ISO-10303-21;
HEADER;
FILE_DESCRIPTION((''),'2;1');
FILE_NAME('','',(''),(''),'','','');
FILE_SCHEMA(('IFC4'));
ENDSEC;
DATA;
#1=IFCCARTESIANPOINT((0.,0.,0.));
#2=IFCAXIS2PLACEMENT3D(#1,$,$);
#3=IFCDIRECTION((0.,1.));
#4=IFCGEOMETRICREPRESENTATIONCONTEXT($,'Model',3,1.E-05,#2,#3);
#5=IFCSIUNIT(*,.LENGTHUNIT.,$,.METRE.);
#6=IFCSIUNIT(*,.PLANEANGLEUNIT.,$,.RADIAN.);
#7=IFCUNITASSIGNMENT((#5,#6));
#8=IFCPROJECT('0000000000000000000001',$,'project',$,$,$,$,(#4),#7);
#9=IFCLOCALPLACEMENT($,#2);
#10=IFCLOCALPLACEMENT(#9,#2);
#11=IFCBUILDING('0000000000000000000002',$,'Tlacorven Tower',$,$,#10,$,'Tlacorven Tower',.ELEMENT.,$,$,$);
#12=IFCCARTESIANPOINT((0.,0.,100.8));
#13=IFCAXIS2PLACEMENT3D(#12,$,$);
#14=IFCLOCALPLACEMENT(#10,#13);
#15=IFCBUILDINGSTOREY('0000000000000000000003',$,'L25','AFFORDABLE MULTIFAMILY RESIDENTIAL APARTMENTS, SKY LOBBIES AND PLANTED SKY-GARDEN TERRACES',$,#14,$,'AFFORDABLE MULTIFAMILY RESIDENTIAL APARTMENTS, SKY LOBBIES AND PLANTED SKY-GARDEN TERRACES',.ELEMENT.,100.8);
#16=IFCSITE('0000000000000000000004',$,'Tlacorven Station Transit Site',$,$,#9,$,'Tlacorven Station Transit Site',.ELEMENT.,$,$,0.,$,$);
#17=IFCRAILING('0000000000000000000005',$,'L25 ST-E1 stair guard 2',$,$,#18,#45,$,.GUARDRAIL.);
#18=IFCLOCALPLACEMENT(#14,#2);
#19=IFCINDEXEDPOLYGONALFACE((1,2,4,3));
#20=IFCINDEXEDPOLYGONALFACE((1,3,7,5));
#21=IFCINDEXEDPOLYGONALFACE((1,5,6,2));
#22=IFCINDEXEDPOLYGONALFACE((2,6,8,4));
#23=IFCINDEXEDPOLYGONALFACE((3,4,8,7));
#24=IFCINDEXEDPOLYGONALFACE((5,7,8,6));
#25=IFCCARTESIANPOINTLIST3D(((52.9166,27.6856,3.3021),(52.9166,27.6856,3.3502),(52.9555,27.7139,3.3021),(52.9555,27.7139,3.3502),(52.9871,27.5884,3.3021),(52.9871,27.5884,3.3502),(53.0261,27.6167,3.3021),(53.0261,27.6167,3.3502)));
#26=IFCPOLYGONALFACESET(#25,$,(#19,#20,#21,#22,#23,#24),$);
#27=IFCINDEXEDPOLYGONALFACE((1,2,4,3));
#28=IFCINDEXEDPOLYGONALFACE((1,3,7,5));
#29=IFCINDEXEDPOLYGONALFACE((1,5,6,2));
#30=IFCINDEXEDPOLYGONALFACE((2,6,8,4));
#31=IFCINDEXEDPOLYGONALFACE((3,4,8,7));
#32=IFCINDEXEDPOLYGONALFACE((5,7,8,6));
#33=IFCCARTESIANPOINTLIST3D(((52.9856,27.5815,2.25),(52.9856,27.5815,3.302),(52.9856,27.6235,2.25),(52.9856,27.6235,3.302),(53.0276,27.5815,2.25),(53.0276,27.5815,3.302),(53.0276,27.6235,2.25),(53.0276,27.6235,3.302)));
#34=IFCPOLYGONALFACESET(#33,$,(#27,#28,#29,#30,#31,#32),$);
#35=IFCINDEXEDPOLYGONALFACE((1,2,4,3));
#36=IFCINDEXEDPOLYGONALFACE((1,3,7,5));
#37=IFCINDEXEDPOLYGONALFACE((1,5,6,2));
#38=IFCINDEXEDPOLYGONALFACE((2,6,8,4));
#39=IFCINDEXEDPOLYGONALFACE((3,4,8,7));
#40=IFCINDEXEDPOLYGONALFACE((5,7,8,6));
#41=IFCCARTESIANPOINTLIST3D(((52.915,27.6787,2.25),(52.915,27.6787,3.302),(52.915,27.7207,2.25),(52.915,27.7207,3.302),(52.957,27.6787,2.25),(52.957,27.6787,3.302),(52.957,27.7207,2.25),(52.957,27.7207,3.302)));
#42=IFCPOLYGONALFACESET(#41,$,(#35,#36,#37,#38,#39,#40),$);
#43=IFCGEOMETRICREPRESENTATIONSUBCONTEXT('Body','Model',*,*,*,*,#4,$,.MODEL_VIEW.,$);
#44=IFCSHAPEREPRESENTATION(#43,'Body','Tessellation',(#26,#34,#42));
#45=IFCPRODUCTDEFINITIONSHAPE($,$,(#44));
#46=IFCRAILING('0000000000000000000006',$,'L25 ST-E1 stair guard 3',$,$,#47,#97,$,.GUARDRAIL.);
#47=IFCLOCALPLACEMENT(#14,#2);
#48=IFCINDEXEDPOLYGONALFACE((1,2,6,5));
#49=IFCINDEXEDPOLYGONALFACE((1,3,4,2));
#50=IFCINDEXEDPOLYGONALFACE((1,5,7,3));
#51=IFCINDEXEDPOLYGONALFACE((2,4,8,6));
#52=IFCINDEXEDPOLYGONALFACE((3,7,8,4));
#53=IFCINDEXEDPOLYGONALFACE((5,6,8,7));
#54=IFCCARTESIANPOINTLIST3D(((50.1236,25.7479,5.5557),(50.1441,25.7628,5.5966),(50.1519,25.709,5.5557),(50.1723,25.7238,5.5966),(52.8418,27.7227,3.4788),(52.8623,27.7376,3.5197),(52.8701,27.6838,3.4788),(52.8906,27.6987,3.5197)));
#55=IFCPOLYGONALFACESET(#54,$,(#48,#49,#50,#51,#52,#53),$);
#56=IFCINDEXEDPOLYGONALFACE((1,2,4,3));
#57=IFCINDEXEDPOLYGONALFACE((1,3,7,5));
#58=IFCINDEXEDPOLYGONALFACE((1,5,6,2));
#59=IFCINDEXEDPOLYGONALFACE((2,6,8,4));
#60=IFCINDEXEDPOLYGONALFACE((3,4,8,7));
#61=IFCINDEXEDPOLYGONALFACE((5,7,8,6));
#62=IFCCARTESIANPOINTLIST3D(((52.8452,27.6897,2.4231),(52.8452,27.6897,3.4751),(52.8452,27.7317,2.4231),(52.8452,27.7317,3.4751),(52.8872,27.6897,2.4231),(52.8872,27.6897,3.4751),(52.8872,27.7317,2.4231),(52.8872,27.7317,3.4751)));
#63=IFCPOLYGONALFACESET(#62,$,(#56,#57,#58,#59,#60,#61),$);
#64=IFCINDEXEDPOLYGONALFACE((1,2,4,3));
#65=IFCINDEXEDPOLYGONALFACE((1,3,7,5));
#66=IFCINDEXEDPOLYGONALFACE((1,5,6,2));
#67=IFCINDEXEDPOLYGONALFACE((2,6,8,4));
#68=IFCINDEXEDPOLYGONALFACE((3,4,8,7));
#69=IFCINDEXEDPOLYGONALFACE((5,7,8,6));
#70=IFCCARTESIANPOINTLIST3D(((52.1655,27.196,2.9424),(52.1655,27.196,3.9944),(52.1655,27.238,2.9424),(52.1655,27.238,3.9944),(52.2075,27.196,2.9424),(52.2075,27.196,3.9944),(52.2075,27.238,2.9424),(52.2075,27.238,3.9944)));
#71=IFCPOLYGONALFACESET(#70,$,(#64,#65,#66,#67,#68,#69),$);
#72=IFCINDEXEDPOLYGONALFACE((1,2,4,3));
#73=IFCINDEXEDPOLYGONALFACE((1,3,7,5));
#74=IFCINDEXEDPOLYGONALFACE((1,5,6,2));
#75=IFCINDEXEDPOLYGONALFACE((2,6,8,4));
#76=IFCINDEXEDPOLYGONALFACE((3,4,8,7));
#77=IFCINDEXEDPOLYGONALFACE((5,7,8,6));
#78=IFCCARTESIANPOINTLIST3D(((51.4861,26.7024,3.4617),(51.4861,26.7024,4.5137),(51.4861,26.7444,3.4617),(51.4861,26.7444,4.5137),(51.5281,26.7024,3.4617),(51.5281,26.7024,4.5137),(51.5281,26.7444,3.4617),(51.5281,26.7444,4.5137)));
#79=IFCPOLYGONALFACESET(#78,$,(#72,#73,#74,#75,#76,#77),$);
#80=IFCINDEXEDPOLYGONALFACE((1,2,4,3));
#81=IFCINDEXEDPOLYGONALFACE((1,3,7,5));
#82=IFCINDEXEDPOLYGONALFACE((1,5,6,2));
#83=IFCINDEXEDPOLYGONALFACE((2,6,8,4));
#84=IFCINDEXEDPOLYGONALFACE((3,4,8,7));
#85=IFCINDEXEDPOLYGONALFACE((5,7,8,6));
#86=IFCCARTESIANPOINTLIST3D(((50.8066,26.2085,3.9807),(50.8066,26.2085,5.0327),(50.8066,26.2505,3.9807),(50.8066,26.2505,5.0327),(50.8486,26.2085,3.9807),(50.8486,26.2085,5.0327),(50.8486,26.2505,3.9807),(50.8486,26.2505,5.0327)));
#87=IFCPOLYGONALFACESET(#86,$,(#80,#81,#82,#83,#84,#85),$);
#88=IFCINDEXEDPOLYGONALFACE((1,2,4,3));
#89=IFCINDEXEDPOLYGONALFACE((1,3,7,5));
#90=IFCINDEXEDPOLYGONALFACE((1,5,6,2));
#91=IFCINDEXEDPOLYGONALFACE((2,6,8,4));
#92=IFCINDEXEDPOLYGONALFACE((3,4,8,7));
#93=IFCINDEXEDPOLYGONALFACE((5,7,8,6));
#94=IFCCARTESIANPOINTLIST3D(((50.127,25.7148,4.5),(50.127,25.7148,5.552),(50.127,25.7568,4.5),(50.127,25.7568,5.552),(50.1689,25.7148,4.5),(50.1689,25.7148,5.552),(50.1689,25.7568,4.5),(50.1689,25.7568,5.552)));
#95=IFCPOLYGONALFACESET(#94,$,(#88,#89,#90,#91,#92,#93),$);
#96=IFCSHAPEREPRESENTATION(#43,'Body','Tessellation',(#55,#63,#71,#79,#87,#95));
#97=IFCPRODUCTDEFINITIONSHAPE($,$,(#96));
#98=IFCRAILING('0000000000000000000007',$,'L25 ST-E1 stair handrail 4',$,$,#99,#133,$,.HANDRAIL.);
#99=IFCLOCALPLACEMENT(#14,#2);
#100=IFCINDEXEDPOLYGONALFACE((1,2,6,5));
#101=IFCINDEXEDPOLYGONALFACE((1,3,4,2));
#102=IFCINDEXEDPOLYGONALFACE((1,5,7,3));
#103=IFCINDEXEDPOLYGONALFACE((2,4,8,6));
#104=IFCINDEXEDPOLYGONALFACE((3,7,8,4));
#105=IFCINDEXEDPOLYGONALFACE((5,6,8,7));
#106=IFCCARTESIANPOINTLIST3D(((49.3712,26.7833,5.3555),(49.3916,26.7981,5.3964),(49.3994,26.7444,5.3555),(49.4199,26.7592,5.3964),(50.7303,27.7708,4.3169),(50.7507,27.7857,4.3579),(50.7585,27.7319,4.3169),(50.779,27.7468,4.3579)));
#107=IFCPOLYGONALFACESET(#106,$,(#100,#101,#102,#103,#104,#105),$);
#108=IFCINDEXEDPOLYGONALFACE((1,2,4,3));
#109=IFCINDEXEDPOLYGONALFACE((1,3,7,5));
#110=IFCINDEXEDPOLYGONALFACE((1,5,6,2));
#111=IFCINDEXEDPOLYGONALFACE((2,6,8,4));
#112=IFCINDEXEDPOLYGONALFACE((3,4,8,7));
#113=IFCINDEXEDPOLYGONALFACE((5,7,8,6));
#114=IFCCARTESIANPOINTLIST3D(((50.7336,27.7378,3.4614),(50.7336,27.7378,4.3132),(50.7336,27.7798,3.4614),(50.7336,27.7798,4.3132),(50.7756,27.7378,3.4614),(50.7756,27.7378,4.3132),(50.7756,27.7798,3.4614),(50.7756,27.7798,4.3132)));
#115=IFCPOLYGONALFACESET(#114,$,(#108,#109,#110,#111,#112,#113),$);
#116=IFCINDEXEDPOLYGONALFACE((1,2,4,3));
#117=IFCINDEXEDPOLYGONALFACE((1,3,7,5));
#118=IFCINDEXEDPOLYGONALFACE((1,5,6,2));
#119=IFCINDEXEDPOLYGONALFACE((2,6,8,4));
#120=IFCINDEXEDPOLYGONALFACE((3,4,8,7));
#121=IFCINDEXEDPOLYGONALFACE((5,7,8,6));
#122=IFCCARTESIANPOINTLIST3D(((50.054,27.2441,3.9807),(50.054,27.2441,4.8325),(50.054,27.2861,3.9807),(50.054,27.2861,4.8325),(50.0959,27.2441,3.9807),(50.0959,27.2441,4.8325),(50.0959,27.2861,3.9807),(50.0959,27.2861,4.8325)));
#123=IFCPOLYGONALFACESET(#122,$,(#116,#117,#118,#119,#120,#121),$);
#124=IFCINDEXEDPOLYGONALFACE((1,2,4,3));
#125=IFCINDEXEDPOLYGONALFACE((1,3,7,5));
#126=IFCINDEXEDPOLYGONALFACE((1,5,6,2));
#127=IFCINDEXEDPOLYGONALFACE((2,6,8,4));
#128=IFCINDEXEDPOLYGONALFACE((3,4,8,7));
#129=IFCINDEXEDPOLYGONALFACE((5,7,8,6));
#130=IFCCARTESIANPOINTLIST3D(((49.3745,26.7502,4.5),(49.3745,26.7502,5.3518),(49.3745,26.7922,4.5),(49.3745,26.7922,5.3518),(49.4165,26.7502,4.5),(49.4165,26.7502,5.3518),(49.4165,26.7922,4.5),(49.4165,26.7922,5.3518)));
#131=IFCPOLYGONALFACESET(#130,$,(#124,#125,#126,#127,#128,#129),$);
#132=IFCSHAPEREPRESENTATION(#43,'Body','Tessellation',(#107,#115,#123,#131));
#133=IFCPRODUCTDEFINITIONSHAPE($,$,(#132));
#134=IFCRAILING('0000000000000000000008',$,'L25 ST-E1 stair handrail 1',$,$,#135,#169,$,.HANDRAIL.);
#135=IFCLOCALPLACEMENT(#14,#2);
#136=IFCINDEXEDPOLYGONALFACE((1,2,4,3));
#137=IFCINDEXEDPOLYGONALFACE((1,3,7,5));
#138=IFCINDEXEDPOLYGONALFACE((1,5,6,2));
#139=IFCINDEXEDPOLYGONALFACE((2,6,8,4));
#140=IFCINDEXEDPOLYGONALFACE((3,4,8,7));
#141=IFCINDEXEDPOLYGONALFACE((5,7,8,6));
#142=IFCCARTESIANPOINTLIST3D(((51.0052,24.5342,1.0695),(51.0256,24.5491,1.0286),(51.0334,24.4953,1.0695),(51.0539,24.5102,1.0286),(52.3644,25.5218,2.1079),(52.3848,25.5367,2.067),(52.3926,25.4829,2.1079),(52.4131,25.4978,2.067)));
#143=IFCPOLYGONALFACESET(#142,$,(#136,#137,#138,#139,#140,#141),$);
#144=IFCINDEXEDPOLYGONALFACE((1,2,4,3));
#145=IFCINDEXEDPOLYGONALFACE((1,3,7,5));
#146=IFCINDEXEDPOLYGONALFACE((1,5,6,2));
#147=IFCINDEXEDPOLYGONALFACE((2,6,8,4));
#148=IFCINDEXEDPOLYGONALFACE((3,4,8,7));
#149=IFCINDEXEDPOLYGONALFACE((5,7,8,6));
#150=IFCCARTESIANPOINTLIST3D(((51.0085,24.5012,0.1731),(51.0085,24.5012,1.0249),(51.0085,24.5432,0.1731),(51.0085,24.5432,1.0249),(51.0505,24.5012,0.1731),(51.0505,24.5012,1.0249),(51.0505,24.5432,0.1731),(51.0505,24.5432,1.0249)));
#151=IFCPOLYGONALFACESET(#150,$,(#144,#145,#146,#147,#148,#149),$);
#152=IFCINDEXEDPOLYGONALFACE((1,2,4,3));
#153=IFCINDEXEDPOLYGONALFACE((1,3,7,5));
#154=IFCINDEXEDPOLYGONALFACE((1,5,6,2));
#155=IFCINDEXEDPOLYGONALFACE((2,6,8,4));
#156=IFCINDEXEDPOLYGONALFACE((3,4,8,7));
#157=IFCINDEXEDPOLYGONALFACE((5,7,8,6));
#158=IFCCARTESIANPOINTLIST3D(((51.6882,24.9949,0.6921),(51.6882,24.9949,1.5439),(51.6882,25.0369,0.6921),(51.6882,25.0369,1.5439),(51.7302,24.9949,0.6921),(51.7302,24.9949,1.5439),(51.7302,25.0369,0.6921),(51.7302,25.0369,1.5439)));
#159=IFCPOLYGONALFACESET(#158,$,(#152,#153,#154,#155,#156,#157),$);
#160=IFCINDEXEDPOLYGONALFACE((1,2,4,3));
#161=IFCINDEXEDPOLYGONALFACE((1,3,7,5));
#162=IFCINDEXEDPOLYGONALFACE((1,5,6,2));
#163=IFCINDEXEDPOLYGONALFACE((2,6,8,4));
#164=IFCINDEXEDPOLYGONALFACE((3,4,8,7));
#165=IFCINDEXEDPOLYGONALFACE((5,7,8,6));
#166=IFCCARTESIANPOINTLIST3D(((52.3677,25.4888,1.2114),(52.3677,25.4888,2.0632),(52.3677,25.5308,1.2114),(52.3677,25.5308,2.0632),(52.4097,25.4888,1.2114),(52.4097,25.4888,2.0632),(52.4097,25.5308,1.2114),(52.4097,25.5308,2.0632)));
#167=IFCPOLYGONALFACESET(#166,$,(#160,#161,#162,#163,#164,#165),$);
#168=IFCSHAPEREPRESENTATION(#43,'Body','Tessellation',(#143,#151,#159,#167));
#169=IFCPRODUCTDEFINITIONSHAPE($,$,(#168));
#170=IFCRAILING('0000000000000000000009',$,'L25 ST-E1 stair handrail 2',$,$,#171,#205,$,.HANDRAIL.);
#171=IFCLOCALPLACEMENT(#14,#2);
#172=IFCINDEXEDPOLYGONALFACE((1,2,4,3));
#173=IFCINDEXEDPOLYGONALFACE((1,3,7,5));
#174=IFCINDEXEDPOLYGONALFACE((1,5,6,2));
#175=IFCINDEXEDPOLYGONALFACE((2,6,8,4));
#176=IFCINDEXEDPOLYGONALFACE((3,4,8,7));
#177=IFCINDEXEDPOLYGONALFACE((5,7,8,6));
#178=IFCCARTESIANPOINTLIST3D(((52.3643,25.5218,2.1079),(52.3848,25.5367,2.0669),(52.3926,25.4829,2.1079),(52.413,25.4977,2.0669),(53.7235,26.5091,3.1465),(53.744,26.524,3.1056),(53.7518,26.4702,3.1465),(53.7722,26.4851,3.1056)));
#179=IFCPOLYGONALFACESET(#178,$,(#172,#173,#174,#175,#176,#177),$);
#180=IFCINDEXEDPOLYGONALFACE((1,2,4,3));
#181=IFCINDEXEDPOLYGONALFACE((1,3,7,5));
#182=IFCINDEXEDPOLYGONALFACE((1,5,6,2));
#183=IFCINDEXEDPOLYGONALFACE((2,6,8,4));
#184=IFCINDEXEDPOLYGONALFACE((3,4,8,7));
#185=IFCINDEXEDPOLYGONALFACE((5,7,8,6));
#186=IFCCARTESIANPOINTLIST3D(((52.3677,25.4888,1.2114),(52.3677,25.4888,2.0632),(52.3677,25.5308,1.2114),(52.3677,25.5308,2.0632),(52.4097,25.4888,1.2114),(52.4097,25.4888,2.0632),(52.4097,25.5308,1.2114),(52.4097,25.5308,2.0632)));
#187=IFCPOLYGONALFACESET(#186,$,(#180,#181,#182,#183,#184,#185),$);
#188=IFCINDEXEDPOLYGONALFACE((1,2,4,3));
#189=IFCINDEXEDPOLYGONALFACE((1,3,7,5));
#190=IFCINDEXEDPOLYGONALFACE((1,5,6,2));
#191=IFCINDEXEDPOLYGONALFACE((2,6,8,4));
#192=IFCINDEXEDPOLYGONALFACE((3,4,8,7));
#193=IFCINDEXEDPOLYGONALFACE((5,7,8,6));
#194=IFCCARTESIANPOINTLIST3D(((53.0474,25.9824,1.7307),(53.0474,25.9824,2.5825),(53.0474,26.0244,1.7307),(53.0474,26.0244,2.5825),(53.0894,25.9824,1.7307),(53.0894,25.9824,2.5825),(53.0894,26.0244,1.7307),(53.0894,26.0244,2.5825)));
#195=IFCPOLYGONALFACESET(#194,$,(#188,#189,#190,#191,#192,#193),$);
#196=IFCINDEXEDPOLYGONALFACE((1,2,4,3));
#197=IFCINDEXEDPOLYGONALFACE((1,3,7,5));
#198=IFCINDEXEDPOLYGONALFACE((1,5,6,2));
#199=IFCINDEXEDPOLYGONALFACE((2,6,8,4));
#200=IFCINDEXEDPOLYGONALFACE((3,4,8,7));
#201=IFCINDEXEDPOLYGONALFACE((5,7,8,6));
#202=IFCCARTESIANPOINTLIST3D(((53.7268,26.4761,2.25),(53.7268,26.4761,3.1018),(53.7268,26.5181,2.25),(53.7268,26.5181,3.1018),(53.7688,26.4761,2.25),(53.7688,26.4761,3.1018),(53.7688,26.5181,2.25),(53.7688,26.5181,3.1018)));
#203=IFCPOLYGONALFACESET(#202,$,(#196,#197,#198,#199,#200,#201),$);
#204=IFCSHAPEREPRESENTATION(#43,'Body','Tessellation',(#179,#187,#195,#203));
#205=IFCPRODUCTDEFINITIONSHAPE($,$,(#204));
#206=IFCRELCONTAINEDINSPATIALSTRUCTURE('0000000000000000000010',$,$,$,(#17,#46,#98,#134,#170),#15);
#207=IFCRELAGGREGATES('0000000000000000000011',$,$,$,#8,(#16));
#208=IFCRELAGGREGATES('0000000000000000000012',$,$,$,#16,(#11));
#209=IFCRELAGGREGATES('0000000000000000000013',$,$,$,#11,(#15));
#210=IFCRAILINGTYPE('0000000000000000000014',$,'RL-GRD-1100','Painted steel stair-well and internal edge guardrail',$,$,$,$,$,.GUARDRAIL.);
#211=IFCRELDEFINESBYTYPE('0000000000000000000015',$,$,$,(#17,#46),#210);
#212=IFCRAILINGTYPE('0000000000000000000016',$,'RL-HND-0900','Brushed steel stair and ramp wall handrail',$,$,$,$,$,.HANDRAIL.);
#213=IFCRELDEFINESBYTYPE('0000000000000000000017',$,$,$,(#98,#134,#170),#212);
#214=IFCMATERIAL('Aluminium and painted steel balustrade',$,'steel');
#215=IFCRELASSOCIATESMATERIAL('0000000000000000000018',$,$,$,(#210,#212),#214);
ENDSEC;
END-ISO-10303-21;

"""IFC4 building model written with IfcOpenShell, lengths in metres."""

from ifc_helpers import new_model, si_unit, direction, frame, origin, origin_2d, place, context, subcontext, project, spatial, rectangle, extrude, source, transform, mapped, material, type_object, element, save


model = new_model("IFC4")

# Units and contexts
model_context = context("Model", 3, precision=1e-05, world=origin(), true_north=direction((0.0, 1.0)))
body_context = subcontext(model_context, "Body", "Model", "MODEL_VIEW")
ifc_project = project(units=[si_unit("LENGTHUNIT", "METRE"), si_unit("PLANEANGLEUNIT", "RADIAN")], contexts=[model_context])

# Site, building, storey
site_placement = place(None, origin())
site = spatial("IfcSite", under=ifc_project, at=site_placement, Name="Tlacorven Station Transit Site", LongName="Tlacorven Station Transit Site", CompositionType="ELEMENT", RefElevation=0.0)
building_placement = place(site_placement, origin())
building = spatial("IfcBuilding", under=site, at=building_placement, Name="Tlacorven Tower", LongName="Tlacorven Tower", CompositionType="ELEMENT")
storey_placement = place(building_placement, frame((0.0, 0.0, 100.8)))
storey = spatial("IfcBuildingStorey", under=building, at=storey_placement, Name="L25", Description="AFFORDABLE MULTIFAMILY RESIDENTIAL APARTMENTS, SKY LOBBIES AND PLANTED SKY-GARDEN TERRACES", LongName="AFFORDABLE MULTIFAMILY RESIDENTIAL APARTMENTS, SKY LOBBIES AND PLANTED SKY-GARDEN TERRACES", CompositionType="ELEMENT", Elevation=100.8)

# Railings
ifc_material_1 = material(Name="Aluminium and painted steel balustrade", Category="steel")
railing_type_1 = type_object("IfcRailingType", Name="RL-GRD-1100", Description="Painted steel stair-well and internal edge guardrail", PredefinedType="GUARDRAIL", material=ifc_material_1)
shared_shape_1 = source(origin(), body_context, "Body", "SweptSolid", [
    extrude(rectangle(XDim=0.0481, YDim=0.0481, at=origin_2d()), frame((0.0, 0.0, 1.0762), z_axis=(-0.587567, 0.809175, 0.0), x_axis=(-0.809175, -0.587567, 0.0)), (0.0, 0.0, 1.0), 0.1201),
    extrude(rectangle(XDim=0.042, YDim=0.042, at=origin_2d()), origin(), (0.0, 0.0, 1.0), 1.052),
    extrude(rectangle(XDim=0.042, YDim=0.042, at=origin_2d()), frame((-0.0706, 0.0972, 0.0)), (0.0, 0.0, 1.0), 1.052),
])
railing_1_placement = place(storey_placement, frame((53.0066, 27.6025, 2.25)))
element("IfcRailing", 1, at=railing_1_placement, inside=storey, type_object=railing_type_1, Name="L25 ST-E1 stair guard 2", PredefinedType="GUARDRAIL", context=body_context, shape_type="MappedRepresentation", body=[
    mapped(shared_shape_1, transform((0.0, 0.0, 0.0), scale=1.0)),
])
shared_shape_2 = source(origin(), body_context, "Body", "SweptSolid", [
    extrude(rectangle(XDim=0.0481, YDim=0.0481, at=origin_2d()), frame((0.0, 0.0, 1.0762), z_axis=(-0.688167, -0.499963, 0.525798), x_axis=(0.58777, -0.809028, 0.0)), (0.0, 0.0, 1.0), 3.95),
    extrude(rectangle(XDim=0.042, YDim=0.042, at=origin_2d()), origin(), (0.0, 0.0, 1.0), 1.052),
    extrude(rectangle(XDim=0.042, YDim=0.042, at=origin_2d()), frame((-0.6797, -0.4937, 0.5193)), (0.0, 0.0, 1.0), 1.052),
    extrude(rectangle(XDim=0.042, YDim=0.042, at=origin_2d()), frame((-1.3591, -0.9873, 1.0386)), (0.0, 0.0, 1.0), 1.052),
    extrude(rectangle(XDim=0.042, YDim=0.042, at=origin_2d()), frame((-2.0386, -1.4812, 1.5576)), (0.0, 0.0, 1.0), 1.052),
    extrude(rectangle(XDim=0.042, YDim=0.042, at=origin_2d()), frame((-2.7183, -1.9749, 2.0769)), (0.0, 0.0, 1.0), 1.052),
])
railing_2_placement = place(storey_placement, frame((52.8662, 27.7107, 2.4231)))
element("IfcRailing", 2, at=railing_2_placement, inside=storey, type_object=railing_type_1, Name="L25 ST-E1 stair guard 3", PredefinedType="GUARDRAIL", context=body_context, shape_type="MappedRepresentation", body=[
    mapped(shared_shape_2, transform((0.0, 0.0, 0.0), scale=1.0)),
])
railing_type_2 = type_object("IfcRailingType", Name="RL-HND-0900", Description="Brushed steel stair and ramp wall handrail", PredefinedType="HANDRAIL", material=ifc_material_1)
shared_shape_3 = source(origin(), body_context, "Body", "SweptSolid", [
    extrude(rectangle(XDim=0.0481, YDim=0.0481, at=origin_2d()), frame((0.0, 0.0, 0.876), z_axis=(-0.688123, -0.499993, 0.525827), x_axis=(0.587817, -0.808994, 0.0)), (0.0, 0.0, 1.0), 1.9751),
    extrude(rectangle(XDim=0.042, YDim=0.042, at=origin_2d()), origin(), (0.0, 0.0, 1.0), 0.8518),
    extrude(rectangle(XDim=0.042, YDim=0.042, at=origin_2d()), frame((-0.6797, -0.4937, 0.5193)), (0.0, 0.0, 1.0), 0.8518),
    extrude(rectangle(XDim=0.042, YDim=0.042, at=origin_2d()), frame((-1.3591, -0.9875, 1.0386)), (0.0, 0.0, 1.0), 0.8518),
])
railing_3_placement = place(storey_placement, frame((50.7546, 27.7588, 3.4614)))
element("IfcRailing", 3, at=railing_3_placement, inside=storey, type_object=railing_type_2, Name="L25 ST-E1 stair handrail 4", PredefinedType="HANDRAIL", context=body_context, shape_type="MappedRepresentation", body=[
    mapped(shared_shape_3, transform((0.0, 0.0, 0.0), scale=1.0)),
])
shared_shape_4 = source(origin(), body_context, "Body", "SweptSolid", [
    extrude(rectangle(XDim=0.0481, YDim=0.0481, at=origin_2d()), frame((0.0, 0.0, 0.876), z_axis=(0.688168, 0.500025, 0.525737), x_axis=(-0.587817, 0.808994, 0.0)), (0.0, 0.0, 1.0), 1.9751),
    extrude(rectangle(XDim=0.042, YDim=0.042, at=origin_2d()), origin(), (0.0, 0.0, 1.0), 0.8518),
    extrude(rectangle(XDim=0.042, YDim=0.042, at=origin_2d()), frame((0.6797, 0.4937, 0.519)), (0.0, 0.0, 1.0), 0.8518),
    extrude(rectangle(XDim=0.042, YDim=0.042, at=origin_2d()), frame((1.3591, 0.9875, 1.0383)), (0.0, 0.0, 1.0), 0.8518),
])
railing_4_placement = place(storey_placement, frame((51.0295, 24.5222, 0.1731)))
element("IfcRailing", 4, at=railing_4_placement, inside=storey, type_object=railing_type_2, Name="L25 ST-E1 stair handrail 1", PredefinedType="HANDRAIL", context=body_context, shape_type="MappedRepresentation", body=[
    mapped(shared_shape_4, transform((0.0, 0.0, 0.0), scale=1.0)),
])
shared_shape_5 = source(origin(), body_context, "Body", "SweptSolid", [
    extrude(rectangle(XDim=0.0481, YDim=0.0481, at=origin_2d()), frame((0.0, 0.0, 0.876), z_axis=(0.688166, 0.4999, 0.525859), x_axis=(-0.587722, 0.809063, 0.0)), (0.0, 0.0, 1.0), 1.9751),
    extrude(rectangle(XDim=0.042, YDim=0.042, at=origin_2d()), origin(), (0.0, 0.0, 1.0), 0.8518),
    extrude(rectangle(XDim=0.042, YDim=0.042, at=origin_2d()), frame((0.6797, 0.4937, 0.5193)), (0.0, 0.0, 1.0), 0.8518),
    extrude(rectangle(XDim=0.042, YDim=0.042, at=origin_2d()), frame((1.3591, 0.9873, 1.0386)), (0.0, 0.0, 1.0), 0.8518),
])
railing_5_placement = place(storey_placement, frame((52.3887, 25.5098, 1.2114)))
element("IfcRailing", 5, at=railing_5_placement, inside=storey, type_object=railing_type_2, Name="L25 ST-E1 stair handrail 2", PredefinedType="HANDRAIL", context=body_context, shape_type="MappedRepresentation", body=[
    mapped(shared_shape_5, transform((0.0, 0.0, 0.0), scale=1.0)),
])

save(model, "model.ifc")
